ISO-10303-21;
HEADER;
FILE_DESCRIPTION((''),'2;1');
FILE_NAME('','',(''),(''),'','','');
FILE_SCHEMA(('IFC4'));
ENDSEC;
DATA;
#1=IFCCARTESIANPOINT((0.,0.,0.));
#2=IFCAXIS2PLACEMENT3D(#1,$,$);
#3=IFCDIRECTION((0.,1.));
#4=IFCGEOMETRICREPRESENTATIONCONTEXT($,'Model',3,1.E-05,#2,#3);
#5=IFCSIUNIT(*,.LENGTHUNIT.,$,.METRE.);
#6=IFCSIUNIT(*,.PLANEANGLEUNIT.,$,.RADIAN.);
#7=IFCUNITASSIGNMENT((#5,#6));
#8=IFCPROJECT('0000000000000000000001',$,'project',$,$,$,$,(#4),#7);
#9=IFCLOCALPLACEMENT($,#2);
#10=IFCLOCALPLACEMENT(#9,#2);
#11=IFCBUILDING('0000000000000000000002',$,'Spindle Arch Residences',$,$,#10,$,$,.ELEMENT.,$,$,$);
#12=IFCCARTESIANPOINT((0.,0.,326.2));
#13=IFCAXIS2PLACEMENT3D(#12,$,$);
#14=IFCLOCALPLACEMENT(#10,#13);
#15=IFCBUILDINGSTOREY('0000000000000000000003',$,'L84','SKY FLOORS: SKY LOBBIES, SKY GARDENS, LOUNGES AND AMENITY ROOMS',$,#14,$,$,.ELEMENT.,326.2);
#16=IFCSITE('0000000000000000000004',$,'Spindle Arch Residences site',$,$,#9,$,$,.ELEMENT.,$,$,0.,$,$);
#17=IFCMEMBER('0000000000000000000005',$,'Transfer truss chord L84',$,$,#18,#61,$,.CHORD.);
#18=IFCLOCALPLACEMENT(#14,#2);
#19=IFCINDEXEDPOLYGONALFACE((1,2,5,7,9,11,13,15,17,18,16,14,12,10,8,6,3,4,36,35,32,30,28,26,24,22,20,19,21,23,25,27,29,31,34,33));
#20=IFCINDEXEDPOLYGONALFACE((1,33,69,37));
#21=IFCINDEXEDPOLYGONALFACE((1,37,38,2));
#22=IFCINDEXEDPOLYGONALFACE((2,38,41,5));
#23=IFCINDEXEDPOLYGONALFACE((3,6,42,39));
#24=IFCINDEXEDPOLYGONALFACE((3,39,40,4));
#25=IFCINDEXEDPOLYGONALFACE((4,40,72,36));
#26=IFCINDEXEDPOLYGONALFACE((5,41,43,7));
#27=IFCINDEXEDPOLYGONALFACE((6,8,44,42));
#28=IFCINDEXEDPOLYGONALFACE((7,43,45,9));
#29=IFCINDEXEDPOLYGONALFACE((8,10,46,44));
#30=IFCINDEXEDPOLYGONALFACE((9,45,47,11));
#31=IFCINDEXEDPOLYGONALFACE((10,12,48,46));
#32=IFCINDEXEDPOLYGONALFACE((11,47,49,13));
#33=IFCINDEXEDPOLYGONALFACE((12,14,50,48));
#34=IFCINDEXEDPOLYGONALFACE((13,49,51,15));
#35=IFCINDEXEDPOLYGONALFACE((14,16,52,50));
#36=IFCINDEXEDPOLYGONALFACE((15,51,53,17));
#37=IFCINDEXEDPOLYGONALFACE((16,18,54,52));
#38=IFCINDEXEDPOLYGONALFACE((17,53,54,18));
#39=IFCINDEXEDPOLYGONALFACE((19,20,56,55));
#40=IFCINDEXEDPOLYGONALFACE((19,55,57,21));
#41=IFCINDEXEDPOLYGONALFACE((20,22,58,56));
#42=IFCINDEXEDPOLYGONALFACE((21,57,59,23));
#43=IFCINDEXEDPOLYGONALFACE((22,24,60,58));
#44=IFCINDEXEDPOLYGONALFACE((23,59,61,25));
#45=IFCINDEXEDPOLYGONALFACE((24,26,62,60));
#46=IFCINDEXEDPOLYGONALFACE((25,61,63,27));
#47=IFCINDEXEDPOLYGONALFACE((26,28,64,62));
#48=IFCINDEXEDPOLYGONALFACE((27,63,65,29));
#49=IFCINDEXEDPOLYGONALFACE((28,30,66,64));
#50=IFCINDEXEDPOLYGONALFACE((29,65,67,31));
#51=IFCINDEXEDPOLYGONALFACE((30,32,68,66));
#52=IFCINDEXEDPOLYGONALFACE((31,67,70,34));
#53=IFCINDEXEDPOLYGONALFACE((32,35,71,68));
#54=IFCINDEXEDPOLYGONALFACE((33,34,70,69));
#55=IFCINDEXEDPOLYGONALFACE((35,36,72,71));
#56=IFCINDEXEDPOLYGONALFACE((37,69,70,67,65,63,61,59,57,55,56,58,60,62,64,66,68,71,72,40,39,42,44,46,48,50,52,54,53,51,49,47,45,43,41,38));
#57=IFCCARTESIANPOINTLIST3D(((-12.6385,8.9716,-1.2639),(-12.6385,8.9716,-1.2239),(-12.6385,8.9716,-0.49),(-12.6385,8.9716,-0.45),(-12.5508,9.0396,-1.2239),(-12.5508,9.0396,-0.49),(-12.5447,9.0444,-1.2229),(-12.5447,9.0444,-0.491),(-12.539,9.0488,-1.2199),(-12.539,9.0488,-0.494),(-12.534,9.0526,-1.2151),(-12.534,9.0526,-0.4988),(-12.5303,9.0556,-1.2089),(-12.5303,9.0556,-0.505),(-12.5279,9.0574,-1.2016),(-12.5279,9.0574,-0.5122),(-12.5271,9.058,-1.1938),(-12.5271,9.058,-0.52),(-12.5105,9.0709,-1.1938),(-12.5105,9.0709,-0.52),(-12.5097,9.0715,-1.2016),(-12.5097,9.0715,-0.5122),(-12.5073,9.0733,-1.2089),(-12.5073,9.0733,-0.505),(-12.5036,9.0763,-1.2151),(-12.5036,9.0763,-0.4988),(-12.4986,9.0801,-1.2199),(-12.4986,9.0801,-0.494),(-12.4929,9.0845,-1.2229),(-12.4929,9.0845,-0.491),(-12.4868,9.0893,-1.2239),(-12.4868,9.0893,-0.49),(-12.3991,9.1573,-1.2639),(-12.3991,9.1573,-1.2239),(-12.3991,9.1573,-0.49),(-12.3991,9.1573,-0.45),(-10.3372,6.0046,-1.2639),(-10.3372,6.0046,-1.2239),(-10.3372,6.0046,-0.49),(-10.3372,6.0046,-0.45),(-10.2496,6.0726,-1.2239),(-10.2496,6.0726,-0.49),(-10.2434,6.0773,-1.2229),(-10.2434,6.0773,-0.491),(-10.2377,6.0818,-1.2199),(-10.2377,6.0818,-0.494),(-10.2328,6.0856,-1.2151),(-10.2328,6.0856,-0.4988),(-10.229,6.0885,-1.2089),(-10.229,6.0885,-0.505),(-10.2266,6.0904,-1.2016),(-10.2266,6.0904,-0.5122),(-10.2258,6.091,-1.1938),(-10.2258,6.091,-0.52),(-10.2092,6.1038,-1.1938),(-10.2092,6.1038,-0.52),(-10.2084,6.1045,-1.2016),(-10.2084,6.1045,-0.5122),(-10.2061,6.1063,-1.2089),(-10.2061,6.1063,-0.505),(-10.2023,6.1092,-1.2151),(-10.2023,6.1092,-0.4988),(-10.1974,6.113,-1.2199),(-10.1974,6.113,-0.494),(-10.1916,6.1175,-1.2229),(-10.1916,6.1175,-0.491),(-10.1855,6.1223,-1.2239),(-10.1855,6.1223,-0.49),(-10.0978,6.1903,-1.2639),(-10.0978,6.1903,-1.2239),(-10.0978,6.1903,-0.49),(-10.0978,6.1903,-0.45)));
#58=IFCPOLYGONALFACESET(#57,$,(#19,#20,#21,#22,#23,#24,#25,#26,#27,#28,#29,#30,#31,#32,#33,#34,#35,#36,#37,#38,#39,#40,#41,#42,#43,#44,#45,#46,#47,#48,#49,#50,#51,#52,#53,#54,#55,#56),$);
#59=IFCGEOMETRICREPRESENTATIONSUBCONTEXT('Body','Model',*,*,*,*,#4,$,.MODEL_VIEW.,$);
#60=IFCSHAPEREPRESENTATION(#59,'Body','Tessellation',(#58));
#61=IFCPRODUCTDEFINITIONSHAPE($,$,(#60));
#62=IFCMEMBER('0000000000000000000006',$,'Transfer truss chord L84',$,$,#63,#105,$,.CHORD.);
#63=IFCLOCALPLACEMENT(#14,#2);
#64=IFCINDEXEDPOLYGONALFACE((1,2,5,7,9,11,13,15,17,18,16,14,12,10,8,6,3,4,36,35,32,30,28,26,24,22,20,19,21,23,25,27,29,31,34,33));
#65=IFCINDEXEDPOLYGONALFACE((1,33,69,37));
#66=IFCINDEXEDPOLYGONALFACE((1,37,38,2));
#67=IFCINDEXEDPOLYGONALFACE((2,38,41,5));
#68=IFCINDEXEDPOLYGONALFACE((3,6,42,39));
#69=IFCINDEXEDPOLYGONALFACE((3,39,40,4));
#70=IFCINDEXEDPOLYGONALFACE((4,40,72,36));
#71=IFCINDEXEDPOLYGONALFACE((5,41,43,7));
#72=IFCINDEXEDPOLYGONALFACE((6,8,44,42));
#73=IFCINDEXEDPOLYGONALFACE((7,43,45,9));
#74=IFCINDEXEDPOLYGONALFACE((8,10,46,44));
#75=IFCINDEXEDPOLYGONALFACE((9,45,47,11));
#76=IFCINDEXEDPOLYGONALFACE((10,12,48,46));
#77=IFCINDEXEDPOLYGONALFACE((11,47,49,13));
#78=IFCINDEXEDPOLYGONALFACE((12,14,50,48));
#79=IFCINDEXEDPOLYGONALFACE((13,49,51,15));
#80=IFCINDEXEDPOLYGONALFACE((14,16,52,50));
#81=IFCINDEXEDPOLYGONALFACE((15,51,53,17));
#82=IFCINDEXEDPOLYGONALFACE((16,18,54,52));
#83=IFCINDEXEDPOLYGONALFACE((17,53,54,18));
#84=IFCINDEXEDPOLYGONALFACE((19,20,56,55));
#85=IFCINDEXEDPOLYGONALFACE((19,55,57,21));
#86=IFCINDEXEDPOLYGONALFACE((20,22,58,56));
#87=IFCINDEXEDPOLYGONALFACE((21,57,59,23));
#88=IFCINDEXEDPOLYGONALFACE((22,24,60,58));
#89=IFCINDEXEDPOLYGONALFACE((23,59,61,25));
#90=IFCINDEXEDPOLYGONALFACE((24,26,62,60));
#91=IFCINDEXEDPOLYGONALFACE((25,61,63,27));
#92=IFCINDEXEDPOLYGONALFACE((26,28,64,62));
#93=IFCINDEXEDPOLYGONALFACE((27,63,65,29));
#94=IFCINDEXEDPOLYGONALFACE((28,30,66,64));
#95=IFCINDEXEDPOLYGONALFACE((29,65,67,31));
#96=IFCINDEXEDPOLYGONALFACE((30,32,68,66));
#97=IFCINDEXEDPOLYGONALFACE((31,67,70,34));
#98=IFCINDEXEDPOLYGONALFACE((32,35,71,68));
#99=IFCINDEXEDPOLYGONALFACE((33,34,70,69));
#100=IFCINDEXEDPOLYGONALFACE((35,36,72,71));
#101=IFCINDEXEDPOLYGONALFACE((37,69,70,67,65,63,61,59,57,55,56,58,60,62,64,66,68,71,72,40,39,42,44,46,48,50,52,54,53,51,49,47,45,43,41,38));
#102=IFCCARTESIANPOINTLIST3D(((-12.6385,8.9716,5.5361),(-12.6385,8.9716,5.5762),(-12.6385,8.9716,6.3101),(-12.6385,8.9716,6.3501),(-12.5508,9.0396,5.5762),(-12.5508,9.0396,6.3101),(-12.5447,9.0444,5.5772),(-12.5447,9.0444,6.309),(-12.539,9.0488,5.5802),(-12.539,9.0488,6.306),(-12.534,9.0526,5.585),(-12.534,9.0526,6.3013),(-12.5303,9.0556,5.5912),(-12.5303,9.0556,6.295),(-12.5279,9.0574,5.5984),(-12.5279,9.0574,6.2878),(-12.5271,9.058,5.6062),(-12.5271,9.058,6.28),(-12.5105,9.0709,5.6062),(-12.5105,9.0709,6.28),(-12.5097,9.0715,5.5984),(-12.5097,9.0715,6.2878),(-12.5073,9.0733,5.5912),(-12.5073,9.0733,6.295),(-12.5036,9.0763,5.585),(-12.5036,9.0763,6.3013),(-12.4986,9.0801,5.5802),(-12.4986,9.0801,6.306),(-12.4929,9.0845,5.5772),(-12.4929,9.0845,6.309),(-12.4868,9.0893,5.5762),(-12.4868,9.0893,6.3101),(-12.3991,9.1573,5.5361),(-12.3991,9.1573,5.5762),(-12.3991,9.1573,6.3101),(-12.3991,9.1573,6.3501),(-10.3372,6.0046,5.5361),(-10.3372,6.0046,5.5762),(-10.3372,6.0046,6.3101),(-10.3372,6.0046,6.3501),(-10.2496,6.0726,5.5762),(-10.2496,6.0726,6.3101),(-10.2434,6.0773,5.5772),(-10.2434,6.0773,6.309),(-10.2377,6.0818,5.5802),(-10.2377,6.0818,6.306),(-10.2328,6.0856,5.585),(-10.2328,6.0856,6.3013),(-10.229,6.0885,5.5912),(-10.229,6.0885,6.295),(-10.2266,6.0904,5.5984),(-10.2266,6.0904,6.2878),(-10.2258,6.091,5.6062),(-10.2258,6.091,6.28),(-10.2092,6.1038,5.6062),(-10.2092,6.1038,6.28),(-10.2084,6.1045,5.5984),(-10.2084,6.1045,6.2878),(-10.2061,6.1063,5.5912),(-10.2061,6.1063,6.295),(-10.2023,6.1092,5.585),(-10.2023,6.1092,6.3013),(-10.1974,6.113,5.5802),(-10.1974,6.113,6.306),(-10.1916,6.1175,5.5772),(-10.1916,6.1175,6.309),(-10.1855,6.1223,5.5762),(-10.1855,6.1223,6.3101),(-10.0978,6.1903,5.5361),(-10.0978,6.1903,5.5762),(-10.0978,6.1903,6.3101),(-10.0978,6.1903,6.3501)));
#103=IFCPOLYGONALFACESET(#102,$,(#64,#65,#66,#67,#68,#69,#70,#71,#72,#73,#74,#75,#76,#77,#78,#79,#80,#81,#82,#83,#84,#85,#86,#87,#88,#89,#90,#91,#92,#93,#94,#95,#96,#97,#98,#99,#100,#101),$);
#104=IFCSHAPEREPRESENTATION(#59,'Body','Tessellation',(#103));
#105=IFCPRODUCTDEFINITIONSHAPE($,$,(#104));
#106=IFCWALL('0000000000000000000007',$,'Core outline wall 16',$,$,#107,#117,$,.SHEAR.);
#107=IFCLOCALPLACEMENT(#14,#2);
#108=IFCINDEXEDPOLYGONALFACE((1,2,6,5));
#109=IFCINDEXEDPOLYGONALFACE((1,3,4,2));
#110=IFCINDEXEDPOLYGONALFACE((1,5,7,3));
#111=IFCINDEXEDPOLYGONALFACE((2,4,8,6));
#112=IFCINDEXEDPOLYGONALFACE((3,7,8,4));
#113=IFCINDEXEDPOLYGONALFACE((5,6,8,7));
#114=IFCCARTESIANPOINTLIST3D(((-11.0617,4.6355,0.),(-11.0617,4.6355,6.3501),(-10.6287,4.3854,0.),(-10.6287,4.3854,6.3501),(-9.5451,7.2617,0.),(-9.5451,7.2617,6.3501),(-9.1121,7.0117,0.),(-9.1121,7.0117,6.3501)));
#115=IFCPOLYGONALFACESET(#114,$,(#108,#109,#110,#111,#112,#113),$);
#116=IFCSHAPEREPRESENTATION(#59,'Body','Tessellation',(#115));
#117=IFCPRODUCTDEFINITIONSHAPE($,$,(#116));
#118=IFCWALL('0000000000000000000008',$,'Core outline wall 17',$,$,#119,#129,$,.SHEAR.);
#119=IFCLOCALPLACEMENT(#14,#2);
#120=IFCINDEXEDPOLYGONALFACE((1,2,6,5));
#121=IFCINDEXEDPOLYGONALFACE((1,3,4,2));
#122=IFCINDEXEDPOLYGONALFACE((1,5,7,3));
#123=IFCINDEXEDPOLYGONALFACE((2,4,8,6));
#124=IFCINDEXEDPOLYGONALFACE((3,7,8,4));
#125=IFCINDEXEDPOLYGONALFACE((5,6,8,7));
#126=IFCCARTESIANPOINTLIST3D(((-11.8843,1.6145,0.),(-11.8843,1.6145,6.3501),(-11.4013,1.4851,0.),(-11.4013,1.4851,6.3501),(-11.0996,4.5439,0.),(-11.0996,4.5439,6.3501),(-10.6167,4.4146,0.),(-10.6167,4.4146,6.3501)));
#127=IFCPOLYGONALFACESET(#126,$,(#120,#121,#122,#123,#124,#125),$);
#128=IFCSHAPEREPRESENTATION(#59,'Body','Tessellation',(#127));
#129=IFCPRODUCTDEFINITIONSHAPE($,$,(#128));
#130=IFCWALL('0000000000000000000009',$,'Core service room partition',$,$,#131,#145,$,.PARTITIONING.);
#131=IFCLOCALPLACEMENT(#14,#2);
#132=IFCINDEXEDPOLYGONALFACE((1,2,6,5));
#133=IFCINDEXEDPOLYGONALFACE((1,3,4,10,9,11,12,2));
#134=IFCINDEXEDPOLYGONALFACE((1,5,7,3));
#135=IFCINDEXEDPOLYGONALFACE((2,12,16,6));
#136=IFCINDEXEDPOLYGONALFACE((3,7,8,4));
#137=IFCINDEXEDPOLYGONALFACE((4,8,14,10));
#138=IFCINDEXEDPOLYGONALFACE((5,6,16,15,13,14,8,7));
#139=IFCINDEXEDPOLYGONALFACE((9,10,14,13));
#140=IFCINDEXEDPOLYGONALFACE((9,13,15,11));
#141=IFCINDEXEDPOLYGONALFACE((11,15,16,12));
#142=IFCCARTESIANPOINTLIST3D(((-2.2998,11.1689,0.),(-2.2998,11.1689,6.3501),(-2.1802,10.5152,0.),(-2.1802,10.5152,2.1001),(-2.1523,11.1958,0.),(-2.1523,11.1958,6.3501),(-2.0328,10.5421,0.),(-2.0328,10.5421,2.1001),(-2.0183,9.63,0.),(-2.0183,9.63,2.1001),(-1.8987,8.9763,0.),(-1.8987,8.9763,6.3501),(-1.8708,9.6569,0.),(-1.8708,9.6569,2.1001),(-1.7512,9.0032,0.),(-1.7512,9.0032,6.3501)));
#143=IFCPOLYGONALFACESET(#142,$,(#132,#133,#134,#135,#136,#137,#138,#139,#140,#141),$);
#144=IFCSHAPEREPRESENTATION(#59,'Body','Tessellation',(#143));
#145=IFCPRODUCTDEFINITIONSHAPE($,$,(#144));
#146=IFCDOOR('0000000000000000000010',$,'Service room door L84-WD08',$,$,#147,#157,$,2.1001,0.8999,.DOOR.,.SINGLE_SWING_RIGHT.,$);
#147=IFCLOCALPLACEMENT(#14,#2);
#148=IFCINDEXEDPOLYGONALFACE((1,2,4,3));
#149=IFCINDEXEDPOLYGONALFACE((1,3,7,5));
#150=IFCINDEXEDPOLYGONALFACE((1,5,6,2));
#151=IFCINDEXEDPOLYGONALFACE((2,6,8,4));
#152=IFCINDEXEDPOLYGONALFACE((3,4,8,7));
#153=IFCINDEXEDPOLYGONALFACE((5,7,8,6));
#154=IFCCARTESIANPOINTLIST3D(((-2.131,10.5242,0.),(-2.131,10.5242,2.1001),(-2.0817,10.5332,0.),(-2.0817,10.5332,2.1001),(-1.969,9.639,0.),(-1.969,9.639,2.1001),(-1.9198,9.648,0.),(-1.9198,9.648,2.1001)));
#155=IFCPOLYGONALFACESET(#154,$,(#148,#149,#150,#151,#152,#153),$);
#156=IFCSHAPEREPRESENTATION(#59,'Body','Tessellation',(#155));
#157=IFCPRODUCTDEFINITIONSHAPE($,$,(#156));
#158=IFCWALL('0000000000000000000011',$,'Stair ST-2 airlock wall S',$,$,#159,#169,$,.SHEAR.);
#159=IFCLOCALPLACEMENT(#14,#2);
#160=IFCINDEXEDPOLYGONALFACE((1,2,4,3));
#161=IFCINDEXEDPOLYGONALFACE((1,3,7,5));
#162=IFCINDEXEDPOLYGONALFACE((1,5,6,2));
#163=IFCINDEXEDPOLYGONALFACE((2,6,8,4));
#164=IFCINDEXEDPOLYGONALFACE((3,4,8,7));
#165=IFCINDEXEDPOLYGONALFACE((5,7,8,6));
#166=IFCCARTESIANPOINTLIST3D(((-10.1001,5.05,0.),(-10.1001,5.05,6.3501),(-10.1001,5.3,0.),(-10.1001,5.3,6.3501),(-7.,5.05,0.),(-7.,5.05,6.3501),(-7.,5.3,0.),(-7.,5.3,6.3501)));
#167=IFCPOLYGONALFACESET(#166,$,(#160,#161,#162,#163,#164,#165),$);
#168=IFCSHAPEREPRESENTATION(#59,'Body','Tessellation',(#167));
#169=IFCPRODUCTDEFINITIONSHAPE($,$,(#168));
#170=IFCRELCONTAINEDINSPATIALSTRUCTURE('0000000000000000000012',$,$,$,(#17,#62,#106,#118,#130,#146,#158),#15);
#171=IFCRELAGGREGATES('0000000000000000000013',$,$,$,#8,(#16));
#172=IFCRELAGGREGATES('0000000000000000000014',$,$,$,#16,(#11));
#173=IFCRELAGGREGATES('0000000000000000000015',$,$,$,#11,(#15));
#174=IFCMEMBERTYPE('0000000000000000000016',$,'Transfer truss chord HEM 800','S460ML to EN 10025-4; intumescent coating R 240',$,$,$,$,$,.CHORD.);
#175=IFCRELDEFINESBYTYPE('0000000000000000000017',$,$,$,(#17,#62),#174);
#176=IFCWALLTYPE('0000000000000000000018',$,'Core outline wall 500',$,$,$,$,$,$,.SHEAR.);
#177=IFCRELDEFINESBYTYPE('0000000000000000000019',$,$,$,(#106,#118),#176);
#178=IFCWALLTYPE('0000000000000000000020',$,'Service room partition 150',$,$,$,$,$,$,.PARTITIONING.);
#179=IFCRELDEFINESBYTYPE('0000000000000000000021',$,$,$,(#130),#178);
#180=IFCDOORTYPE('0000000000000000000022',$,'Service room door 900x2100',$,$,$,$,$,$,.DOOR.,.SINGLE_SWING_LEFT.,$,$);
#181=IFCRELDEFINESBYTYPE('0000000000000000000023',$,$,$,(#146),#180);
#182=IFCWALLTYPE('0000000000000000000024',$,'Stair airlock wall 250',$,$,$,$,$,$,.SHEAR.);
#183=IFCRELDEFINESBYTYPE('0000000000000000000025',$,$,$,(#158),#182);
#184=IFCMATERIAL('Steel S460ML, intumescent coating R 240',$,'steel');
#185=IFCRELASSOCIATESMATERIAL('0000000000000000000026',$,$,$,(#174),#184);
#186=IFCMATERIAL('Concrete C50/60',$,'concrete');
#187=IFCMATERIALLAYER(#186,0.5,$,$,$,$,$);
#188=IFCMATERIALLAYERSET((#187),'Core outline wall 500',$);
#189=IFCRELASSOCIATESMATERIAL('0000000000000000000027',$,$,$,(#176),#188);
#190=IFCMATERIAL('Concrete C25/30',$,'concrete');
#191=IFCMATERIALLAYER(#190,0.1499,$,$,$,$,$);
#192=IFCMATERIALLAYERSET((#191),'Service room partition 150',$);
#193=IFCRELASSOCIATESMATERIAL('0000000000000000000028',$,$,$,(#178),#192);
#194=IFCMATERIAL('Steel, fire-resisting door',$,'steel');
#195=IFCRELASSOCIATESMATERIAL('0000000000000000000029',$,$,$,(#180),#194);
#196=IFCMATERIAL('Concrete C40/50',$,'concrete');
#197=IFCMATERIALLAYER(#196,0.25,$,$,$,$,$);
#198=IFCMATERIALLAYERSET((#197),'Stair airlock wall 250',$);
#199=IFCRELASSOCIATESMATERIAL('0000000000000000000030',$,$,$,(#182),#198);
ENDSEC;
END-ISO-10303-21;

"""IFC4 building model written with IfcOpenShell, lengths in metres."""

from ifc_helpers import new_model, si_unit, direction, frame, frame_2d, origin, origin_2d, place, context, subcontext, project, spatial, rectangle, i_section, extrude, material, layer, layer_set, material_profile, profile_set, type_object, element, fill, save


model = new_model("IFC4")

# Units and contexts
model_context = context("Model", 3, precision=1e-05, world=origin(), true_north=direction((0.0, 1.0)))
body_context = subcontext(model_context, "Body", "Model", "MODEL_VIEW")
ifc_project = project(units=[si_unit("LENGTHUNIT", "METRE"), si_unit("PLANEANGLEUNIT", "RADIAN")], contexts=[model_context])

# Site, building, storey
site_placement = place(None, origin())
site = spatial("IfcSite", under=ifc_project, at=site_placement, Name="Spindle Arch Residences site", CompositionType="ELEMENT", RefElevation=0.0)
building_placement = place(site_placement, origin())
building = spatial("IfcBuilding", under=site, at=building_placement, Name="Spindle Arch Residences", CompositionType="ELEMENT")
storey_placement = place(building_placement, frame((0.0, 0.0, 326.2)))
storey = spatial("IfcBuildingStorey", under=building, at=storey_placement, Name="L84", Description="SKY FLOORS: SKY LOBBIES, SKY GARDENS, LOUNGES AND AMENITY ROOMS", CompositionType="ELEMENT", Elevation=326.2)

# Members
ifc_material_1 = material(Name="Steel S460ML, intumescent coating R 240", Category="steel")
ifc_material_profile = material_profile(ifc_material_1, i_section(OverallWidth=0.303, OverallDepth=0.814, WebThickness=0.021, FlangeThickness=0.04, FilletRadius=0.03, at=origin_2d()), Name="HEM 800")
ifc_profile_set = profile_set([ifc_material_profile], Name="Steel S460ML, intumescent coating R 240")
member_type = type_object("IfcMemberType", Name="Transfer truss chord HEM 800", Description="S460ML to EN 10025-4; intumescent coating R 240", PredefinedType="CHORD", material=ifc_profile_set)
for number, where, z_axis, x_axis, name in (
    (1, (-10.2175, 6.0974, -0.8569), (-0.612873, 0.790181, 0.0), (-0.790181, -0.612873, 0.0), "Transfer truss chord L84"),
    (2, (-10.2175, 6.0974, 5.9431), (-0.612873, 0.790181, 0.0), (-0.790181, -0.612873, 0.0), "Transfer truss chord L84"),
):
    element("IfcMember", number, at=place(storey_placement, frame(where, z_axis=z_axis, x_axis=x_axis)), inside=storey, type_object=member_type, Name=name, PredefinedType="CHORD", context=body_context, shape_type="SweptSolid", body=[
        extrude(i_section(OverallWidth=0.303, OverallDepth=0.814, WebThickness=0.021, FlangeThickness=0.04, FilletRadius=0.03, at=origin_2d()), origin(), (0.0, 0.0, 1.0), 3.7549),
    ])

# Walls
ifc_material_2 = material(Name="Concrete C50/60", Category="concrete")
ifc_layer_1 = layer(ifc_material_2, 0.5)
ifc_layer_set_1 = layer_set([ifc_layer_1], Name="Core outline wall 500")
wall_type_1 = type_object("IfcWallType", Name="Core outline wall 500", PredefinedType="SHEAR", material=ifc_layer_set_1)
for number, where, z_axis, x_axis, name in (
    (3, (-9.3286, 7.1367, 0.0), (0.0, 0.0, 1.0), (-0.500087, -0.865975, 0.0), "Core outline wall 16"),
    (4, (-10.8582, 4.4792, 0.0), (0.0, 0.0, 1.0), (-0.258735, -0.965948, 0.0), "Core outline wall 17"),
):
    element("IfcWall", number, at=place(storey_placement, frame(where, z_axis=z_axis, x_axis=x_axis)), inside=storey, type_object=wall_type_1, Name=name, PredefinedType="SHEAR", context=body_context, shape_type="SweptSolid", body=[
        extrude(rectangle(XDim=3.0327, YDim=0.5, at=frame_2d((1.5164, 0.0))), origin(), (0.0, 0.0, 1.0), 6.3501),
    ])

# Wall, opening, door
ifc_material_3 = material(Name="Concrete C25/30", Category="concrete")
ifc_layer_2 = layer(ifc_material_3, 0.1499)
ifc_layer_set_2 = layer_set([ifc_layer_2], Name="Service room partition 150")
wall_type_2 = type_object("IfcWallType", Name="Service room partition 150", PredefinedType="PARTITIONING", material=ifc_layer_set_2)
wall_1_placement = place(storey_placement, frame((-1.825, 8.9897, 0.0), z_axis=(0.0, 0.0, 1.0), x_axis=(-0.179955, 0.983675, 0.0)))
wall_1 = element("IfcWall", 5, at=wall_1_placement, inside=storey, type_object=wall_type_2, Name="Core service room partition", PredefinedType="PARTITIONING", context=body_context, shape_type="SweptSolid", body=[
    extrude(rectangle(XDim=2.229, YDim=0.1499, at=frame_2d((1.1145, 0.0))), origin(), (0.0, 0.0, 1.0), 6.3501),
])
opening_1_placement = place(wall_1_placement, frame((0.6646, 0.0, 0.0)))
opening_1 = element("IfcOpeningElement", 6, at=opening_1_placement, cuts=wall_1, PredefinedType="OPENING", context=body_context, shape_type="SweptSolid", body=[
    extrude(rectangle(XDim=0.8999, YDim=2.1001, at=frame_2d((0.45, 1.05))), frame((0.0, 0.085, 0.0), z_axis=(0.0, -1.0, 0.0), x_axis=(1.0, 0.0, 0.0)), (0.0, 0.0, 1.0), 0.1699),
])
ifc_material_4 = material(Name="Steel, fire-resisting door", Category="steel")
door_type_1 = type_object("IfcDoorType", Name="Service room door 900x2100", OperationType="SINGLE_SWING_LEFT", PredefinedType="DOOR", material=ifc_material_4)
door_1_placement = place(opening_1_placement, origin())
door_1 = element("IfcDoor", 7, at=door_1_placement, inside=storey, type_object=door_type_1, Name="Service room door L84-WD08", OperationType="SINGLE_SWING_RIGHT", OverallHeight=2.1001, OverallWidth=0.8999, PredefinedType="DOOR", context=body_context, shape_type="SweptSolid", body=[
    extrude(rectangle(XDim=0.8999, YDim=2.1001, at=frame_2d((0.45, 1.05))), frame((0.0, 0.0249, 0.0), z_axis=(0.0, -1.0, 0.0), x_axis=(1.0, 0.0, 0.0)), (0.0, 0.0, 1.0), 0.05),
])
fill(opening_1, door_1)

# Wall
ifc_material_5 = material(Name="Concrete C40/50", Category="concrete")
ifc_layer_3 = layer(ifc_material_5, 0.25)
ifc_layer_set_3 = layer_set([ifc_layer_3], Name="Stair airlock wall 250")
wall_type_3 = type_object("IfcWallType", Name="Stair airlock wall 250", PredefinedType="SHEAR", material=ifc_layer_set_3)
wall_2_placement = place(storey_placement, frame((-7.0, 5.175, 0.0), z_axis=(0.0, 0.0, 1.0), x_axis=(-1.0, 0.0, 0.0)))
element("IfcWall", 8, at=wall_2_placement, inside=storey, type_object=wall_type_3, Name="Stair ST-2 airlock wall S", PredefinedType="SHEAR", context=body_context, shape_type="SweptSolid", body=[
    extrude(rectangle(XDim=3.1001, YDim=0.25, at=frame_2d((1.55, 0.0))), origin(), (0.0, 0.0, 1.0), 6.3501),
])

save(model, "model.ifc")
